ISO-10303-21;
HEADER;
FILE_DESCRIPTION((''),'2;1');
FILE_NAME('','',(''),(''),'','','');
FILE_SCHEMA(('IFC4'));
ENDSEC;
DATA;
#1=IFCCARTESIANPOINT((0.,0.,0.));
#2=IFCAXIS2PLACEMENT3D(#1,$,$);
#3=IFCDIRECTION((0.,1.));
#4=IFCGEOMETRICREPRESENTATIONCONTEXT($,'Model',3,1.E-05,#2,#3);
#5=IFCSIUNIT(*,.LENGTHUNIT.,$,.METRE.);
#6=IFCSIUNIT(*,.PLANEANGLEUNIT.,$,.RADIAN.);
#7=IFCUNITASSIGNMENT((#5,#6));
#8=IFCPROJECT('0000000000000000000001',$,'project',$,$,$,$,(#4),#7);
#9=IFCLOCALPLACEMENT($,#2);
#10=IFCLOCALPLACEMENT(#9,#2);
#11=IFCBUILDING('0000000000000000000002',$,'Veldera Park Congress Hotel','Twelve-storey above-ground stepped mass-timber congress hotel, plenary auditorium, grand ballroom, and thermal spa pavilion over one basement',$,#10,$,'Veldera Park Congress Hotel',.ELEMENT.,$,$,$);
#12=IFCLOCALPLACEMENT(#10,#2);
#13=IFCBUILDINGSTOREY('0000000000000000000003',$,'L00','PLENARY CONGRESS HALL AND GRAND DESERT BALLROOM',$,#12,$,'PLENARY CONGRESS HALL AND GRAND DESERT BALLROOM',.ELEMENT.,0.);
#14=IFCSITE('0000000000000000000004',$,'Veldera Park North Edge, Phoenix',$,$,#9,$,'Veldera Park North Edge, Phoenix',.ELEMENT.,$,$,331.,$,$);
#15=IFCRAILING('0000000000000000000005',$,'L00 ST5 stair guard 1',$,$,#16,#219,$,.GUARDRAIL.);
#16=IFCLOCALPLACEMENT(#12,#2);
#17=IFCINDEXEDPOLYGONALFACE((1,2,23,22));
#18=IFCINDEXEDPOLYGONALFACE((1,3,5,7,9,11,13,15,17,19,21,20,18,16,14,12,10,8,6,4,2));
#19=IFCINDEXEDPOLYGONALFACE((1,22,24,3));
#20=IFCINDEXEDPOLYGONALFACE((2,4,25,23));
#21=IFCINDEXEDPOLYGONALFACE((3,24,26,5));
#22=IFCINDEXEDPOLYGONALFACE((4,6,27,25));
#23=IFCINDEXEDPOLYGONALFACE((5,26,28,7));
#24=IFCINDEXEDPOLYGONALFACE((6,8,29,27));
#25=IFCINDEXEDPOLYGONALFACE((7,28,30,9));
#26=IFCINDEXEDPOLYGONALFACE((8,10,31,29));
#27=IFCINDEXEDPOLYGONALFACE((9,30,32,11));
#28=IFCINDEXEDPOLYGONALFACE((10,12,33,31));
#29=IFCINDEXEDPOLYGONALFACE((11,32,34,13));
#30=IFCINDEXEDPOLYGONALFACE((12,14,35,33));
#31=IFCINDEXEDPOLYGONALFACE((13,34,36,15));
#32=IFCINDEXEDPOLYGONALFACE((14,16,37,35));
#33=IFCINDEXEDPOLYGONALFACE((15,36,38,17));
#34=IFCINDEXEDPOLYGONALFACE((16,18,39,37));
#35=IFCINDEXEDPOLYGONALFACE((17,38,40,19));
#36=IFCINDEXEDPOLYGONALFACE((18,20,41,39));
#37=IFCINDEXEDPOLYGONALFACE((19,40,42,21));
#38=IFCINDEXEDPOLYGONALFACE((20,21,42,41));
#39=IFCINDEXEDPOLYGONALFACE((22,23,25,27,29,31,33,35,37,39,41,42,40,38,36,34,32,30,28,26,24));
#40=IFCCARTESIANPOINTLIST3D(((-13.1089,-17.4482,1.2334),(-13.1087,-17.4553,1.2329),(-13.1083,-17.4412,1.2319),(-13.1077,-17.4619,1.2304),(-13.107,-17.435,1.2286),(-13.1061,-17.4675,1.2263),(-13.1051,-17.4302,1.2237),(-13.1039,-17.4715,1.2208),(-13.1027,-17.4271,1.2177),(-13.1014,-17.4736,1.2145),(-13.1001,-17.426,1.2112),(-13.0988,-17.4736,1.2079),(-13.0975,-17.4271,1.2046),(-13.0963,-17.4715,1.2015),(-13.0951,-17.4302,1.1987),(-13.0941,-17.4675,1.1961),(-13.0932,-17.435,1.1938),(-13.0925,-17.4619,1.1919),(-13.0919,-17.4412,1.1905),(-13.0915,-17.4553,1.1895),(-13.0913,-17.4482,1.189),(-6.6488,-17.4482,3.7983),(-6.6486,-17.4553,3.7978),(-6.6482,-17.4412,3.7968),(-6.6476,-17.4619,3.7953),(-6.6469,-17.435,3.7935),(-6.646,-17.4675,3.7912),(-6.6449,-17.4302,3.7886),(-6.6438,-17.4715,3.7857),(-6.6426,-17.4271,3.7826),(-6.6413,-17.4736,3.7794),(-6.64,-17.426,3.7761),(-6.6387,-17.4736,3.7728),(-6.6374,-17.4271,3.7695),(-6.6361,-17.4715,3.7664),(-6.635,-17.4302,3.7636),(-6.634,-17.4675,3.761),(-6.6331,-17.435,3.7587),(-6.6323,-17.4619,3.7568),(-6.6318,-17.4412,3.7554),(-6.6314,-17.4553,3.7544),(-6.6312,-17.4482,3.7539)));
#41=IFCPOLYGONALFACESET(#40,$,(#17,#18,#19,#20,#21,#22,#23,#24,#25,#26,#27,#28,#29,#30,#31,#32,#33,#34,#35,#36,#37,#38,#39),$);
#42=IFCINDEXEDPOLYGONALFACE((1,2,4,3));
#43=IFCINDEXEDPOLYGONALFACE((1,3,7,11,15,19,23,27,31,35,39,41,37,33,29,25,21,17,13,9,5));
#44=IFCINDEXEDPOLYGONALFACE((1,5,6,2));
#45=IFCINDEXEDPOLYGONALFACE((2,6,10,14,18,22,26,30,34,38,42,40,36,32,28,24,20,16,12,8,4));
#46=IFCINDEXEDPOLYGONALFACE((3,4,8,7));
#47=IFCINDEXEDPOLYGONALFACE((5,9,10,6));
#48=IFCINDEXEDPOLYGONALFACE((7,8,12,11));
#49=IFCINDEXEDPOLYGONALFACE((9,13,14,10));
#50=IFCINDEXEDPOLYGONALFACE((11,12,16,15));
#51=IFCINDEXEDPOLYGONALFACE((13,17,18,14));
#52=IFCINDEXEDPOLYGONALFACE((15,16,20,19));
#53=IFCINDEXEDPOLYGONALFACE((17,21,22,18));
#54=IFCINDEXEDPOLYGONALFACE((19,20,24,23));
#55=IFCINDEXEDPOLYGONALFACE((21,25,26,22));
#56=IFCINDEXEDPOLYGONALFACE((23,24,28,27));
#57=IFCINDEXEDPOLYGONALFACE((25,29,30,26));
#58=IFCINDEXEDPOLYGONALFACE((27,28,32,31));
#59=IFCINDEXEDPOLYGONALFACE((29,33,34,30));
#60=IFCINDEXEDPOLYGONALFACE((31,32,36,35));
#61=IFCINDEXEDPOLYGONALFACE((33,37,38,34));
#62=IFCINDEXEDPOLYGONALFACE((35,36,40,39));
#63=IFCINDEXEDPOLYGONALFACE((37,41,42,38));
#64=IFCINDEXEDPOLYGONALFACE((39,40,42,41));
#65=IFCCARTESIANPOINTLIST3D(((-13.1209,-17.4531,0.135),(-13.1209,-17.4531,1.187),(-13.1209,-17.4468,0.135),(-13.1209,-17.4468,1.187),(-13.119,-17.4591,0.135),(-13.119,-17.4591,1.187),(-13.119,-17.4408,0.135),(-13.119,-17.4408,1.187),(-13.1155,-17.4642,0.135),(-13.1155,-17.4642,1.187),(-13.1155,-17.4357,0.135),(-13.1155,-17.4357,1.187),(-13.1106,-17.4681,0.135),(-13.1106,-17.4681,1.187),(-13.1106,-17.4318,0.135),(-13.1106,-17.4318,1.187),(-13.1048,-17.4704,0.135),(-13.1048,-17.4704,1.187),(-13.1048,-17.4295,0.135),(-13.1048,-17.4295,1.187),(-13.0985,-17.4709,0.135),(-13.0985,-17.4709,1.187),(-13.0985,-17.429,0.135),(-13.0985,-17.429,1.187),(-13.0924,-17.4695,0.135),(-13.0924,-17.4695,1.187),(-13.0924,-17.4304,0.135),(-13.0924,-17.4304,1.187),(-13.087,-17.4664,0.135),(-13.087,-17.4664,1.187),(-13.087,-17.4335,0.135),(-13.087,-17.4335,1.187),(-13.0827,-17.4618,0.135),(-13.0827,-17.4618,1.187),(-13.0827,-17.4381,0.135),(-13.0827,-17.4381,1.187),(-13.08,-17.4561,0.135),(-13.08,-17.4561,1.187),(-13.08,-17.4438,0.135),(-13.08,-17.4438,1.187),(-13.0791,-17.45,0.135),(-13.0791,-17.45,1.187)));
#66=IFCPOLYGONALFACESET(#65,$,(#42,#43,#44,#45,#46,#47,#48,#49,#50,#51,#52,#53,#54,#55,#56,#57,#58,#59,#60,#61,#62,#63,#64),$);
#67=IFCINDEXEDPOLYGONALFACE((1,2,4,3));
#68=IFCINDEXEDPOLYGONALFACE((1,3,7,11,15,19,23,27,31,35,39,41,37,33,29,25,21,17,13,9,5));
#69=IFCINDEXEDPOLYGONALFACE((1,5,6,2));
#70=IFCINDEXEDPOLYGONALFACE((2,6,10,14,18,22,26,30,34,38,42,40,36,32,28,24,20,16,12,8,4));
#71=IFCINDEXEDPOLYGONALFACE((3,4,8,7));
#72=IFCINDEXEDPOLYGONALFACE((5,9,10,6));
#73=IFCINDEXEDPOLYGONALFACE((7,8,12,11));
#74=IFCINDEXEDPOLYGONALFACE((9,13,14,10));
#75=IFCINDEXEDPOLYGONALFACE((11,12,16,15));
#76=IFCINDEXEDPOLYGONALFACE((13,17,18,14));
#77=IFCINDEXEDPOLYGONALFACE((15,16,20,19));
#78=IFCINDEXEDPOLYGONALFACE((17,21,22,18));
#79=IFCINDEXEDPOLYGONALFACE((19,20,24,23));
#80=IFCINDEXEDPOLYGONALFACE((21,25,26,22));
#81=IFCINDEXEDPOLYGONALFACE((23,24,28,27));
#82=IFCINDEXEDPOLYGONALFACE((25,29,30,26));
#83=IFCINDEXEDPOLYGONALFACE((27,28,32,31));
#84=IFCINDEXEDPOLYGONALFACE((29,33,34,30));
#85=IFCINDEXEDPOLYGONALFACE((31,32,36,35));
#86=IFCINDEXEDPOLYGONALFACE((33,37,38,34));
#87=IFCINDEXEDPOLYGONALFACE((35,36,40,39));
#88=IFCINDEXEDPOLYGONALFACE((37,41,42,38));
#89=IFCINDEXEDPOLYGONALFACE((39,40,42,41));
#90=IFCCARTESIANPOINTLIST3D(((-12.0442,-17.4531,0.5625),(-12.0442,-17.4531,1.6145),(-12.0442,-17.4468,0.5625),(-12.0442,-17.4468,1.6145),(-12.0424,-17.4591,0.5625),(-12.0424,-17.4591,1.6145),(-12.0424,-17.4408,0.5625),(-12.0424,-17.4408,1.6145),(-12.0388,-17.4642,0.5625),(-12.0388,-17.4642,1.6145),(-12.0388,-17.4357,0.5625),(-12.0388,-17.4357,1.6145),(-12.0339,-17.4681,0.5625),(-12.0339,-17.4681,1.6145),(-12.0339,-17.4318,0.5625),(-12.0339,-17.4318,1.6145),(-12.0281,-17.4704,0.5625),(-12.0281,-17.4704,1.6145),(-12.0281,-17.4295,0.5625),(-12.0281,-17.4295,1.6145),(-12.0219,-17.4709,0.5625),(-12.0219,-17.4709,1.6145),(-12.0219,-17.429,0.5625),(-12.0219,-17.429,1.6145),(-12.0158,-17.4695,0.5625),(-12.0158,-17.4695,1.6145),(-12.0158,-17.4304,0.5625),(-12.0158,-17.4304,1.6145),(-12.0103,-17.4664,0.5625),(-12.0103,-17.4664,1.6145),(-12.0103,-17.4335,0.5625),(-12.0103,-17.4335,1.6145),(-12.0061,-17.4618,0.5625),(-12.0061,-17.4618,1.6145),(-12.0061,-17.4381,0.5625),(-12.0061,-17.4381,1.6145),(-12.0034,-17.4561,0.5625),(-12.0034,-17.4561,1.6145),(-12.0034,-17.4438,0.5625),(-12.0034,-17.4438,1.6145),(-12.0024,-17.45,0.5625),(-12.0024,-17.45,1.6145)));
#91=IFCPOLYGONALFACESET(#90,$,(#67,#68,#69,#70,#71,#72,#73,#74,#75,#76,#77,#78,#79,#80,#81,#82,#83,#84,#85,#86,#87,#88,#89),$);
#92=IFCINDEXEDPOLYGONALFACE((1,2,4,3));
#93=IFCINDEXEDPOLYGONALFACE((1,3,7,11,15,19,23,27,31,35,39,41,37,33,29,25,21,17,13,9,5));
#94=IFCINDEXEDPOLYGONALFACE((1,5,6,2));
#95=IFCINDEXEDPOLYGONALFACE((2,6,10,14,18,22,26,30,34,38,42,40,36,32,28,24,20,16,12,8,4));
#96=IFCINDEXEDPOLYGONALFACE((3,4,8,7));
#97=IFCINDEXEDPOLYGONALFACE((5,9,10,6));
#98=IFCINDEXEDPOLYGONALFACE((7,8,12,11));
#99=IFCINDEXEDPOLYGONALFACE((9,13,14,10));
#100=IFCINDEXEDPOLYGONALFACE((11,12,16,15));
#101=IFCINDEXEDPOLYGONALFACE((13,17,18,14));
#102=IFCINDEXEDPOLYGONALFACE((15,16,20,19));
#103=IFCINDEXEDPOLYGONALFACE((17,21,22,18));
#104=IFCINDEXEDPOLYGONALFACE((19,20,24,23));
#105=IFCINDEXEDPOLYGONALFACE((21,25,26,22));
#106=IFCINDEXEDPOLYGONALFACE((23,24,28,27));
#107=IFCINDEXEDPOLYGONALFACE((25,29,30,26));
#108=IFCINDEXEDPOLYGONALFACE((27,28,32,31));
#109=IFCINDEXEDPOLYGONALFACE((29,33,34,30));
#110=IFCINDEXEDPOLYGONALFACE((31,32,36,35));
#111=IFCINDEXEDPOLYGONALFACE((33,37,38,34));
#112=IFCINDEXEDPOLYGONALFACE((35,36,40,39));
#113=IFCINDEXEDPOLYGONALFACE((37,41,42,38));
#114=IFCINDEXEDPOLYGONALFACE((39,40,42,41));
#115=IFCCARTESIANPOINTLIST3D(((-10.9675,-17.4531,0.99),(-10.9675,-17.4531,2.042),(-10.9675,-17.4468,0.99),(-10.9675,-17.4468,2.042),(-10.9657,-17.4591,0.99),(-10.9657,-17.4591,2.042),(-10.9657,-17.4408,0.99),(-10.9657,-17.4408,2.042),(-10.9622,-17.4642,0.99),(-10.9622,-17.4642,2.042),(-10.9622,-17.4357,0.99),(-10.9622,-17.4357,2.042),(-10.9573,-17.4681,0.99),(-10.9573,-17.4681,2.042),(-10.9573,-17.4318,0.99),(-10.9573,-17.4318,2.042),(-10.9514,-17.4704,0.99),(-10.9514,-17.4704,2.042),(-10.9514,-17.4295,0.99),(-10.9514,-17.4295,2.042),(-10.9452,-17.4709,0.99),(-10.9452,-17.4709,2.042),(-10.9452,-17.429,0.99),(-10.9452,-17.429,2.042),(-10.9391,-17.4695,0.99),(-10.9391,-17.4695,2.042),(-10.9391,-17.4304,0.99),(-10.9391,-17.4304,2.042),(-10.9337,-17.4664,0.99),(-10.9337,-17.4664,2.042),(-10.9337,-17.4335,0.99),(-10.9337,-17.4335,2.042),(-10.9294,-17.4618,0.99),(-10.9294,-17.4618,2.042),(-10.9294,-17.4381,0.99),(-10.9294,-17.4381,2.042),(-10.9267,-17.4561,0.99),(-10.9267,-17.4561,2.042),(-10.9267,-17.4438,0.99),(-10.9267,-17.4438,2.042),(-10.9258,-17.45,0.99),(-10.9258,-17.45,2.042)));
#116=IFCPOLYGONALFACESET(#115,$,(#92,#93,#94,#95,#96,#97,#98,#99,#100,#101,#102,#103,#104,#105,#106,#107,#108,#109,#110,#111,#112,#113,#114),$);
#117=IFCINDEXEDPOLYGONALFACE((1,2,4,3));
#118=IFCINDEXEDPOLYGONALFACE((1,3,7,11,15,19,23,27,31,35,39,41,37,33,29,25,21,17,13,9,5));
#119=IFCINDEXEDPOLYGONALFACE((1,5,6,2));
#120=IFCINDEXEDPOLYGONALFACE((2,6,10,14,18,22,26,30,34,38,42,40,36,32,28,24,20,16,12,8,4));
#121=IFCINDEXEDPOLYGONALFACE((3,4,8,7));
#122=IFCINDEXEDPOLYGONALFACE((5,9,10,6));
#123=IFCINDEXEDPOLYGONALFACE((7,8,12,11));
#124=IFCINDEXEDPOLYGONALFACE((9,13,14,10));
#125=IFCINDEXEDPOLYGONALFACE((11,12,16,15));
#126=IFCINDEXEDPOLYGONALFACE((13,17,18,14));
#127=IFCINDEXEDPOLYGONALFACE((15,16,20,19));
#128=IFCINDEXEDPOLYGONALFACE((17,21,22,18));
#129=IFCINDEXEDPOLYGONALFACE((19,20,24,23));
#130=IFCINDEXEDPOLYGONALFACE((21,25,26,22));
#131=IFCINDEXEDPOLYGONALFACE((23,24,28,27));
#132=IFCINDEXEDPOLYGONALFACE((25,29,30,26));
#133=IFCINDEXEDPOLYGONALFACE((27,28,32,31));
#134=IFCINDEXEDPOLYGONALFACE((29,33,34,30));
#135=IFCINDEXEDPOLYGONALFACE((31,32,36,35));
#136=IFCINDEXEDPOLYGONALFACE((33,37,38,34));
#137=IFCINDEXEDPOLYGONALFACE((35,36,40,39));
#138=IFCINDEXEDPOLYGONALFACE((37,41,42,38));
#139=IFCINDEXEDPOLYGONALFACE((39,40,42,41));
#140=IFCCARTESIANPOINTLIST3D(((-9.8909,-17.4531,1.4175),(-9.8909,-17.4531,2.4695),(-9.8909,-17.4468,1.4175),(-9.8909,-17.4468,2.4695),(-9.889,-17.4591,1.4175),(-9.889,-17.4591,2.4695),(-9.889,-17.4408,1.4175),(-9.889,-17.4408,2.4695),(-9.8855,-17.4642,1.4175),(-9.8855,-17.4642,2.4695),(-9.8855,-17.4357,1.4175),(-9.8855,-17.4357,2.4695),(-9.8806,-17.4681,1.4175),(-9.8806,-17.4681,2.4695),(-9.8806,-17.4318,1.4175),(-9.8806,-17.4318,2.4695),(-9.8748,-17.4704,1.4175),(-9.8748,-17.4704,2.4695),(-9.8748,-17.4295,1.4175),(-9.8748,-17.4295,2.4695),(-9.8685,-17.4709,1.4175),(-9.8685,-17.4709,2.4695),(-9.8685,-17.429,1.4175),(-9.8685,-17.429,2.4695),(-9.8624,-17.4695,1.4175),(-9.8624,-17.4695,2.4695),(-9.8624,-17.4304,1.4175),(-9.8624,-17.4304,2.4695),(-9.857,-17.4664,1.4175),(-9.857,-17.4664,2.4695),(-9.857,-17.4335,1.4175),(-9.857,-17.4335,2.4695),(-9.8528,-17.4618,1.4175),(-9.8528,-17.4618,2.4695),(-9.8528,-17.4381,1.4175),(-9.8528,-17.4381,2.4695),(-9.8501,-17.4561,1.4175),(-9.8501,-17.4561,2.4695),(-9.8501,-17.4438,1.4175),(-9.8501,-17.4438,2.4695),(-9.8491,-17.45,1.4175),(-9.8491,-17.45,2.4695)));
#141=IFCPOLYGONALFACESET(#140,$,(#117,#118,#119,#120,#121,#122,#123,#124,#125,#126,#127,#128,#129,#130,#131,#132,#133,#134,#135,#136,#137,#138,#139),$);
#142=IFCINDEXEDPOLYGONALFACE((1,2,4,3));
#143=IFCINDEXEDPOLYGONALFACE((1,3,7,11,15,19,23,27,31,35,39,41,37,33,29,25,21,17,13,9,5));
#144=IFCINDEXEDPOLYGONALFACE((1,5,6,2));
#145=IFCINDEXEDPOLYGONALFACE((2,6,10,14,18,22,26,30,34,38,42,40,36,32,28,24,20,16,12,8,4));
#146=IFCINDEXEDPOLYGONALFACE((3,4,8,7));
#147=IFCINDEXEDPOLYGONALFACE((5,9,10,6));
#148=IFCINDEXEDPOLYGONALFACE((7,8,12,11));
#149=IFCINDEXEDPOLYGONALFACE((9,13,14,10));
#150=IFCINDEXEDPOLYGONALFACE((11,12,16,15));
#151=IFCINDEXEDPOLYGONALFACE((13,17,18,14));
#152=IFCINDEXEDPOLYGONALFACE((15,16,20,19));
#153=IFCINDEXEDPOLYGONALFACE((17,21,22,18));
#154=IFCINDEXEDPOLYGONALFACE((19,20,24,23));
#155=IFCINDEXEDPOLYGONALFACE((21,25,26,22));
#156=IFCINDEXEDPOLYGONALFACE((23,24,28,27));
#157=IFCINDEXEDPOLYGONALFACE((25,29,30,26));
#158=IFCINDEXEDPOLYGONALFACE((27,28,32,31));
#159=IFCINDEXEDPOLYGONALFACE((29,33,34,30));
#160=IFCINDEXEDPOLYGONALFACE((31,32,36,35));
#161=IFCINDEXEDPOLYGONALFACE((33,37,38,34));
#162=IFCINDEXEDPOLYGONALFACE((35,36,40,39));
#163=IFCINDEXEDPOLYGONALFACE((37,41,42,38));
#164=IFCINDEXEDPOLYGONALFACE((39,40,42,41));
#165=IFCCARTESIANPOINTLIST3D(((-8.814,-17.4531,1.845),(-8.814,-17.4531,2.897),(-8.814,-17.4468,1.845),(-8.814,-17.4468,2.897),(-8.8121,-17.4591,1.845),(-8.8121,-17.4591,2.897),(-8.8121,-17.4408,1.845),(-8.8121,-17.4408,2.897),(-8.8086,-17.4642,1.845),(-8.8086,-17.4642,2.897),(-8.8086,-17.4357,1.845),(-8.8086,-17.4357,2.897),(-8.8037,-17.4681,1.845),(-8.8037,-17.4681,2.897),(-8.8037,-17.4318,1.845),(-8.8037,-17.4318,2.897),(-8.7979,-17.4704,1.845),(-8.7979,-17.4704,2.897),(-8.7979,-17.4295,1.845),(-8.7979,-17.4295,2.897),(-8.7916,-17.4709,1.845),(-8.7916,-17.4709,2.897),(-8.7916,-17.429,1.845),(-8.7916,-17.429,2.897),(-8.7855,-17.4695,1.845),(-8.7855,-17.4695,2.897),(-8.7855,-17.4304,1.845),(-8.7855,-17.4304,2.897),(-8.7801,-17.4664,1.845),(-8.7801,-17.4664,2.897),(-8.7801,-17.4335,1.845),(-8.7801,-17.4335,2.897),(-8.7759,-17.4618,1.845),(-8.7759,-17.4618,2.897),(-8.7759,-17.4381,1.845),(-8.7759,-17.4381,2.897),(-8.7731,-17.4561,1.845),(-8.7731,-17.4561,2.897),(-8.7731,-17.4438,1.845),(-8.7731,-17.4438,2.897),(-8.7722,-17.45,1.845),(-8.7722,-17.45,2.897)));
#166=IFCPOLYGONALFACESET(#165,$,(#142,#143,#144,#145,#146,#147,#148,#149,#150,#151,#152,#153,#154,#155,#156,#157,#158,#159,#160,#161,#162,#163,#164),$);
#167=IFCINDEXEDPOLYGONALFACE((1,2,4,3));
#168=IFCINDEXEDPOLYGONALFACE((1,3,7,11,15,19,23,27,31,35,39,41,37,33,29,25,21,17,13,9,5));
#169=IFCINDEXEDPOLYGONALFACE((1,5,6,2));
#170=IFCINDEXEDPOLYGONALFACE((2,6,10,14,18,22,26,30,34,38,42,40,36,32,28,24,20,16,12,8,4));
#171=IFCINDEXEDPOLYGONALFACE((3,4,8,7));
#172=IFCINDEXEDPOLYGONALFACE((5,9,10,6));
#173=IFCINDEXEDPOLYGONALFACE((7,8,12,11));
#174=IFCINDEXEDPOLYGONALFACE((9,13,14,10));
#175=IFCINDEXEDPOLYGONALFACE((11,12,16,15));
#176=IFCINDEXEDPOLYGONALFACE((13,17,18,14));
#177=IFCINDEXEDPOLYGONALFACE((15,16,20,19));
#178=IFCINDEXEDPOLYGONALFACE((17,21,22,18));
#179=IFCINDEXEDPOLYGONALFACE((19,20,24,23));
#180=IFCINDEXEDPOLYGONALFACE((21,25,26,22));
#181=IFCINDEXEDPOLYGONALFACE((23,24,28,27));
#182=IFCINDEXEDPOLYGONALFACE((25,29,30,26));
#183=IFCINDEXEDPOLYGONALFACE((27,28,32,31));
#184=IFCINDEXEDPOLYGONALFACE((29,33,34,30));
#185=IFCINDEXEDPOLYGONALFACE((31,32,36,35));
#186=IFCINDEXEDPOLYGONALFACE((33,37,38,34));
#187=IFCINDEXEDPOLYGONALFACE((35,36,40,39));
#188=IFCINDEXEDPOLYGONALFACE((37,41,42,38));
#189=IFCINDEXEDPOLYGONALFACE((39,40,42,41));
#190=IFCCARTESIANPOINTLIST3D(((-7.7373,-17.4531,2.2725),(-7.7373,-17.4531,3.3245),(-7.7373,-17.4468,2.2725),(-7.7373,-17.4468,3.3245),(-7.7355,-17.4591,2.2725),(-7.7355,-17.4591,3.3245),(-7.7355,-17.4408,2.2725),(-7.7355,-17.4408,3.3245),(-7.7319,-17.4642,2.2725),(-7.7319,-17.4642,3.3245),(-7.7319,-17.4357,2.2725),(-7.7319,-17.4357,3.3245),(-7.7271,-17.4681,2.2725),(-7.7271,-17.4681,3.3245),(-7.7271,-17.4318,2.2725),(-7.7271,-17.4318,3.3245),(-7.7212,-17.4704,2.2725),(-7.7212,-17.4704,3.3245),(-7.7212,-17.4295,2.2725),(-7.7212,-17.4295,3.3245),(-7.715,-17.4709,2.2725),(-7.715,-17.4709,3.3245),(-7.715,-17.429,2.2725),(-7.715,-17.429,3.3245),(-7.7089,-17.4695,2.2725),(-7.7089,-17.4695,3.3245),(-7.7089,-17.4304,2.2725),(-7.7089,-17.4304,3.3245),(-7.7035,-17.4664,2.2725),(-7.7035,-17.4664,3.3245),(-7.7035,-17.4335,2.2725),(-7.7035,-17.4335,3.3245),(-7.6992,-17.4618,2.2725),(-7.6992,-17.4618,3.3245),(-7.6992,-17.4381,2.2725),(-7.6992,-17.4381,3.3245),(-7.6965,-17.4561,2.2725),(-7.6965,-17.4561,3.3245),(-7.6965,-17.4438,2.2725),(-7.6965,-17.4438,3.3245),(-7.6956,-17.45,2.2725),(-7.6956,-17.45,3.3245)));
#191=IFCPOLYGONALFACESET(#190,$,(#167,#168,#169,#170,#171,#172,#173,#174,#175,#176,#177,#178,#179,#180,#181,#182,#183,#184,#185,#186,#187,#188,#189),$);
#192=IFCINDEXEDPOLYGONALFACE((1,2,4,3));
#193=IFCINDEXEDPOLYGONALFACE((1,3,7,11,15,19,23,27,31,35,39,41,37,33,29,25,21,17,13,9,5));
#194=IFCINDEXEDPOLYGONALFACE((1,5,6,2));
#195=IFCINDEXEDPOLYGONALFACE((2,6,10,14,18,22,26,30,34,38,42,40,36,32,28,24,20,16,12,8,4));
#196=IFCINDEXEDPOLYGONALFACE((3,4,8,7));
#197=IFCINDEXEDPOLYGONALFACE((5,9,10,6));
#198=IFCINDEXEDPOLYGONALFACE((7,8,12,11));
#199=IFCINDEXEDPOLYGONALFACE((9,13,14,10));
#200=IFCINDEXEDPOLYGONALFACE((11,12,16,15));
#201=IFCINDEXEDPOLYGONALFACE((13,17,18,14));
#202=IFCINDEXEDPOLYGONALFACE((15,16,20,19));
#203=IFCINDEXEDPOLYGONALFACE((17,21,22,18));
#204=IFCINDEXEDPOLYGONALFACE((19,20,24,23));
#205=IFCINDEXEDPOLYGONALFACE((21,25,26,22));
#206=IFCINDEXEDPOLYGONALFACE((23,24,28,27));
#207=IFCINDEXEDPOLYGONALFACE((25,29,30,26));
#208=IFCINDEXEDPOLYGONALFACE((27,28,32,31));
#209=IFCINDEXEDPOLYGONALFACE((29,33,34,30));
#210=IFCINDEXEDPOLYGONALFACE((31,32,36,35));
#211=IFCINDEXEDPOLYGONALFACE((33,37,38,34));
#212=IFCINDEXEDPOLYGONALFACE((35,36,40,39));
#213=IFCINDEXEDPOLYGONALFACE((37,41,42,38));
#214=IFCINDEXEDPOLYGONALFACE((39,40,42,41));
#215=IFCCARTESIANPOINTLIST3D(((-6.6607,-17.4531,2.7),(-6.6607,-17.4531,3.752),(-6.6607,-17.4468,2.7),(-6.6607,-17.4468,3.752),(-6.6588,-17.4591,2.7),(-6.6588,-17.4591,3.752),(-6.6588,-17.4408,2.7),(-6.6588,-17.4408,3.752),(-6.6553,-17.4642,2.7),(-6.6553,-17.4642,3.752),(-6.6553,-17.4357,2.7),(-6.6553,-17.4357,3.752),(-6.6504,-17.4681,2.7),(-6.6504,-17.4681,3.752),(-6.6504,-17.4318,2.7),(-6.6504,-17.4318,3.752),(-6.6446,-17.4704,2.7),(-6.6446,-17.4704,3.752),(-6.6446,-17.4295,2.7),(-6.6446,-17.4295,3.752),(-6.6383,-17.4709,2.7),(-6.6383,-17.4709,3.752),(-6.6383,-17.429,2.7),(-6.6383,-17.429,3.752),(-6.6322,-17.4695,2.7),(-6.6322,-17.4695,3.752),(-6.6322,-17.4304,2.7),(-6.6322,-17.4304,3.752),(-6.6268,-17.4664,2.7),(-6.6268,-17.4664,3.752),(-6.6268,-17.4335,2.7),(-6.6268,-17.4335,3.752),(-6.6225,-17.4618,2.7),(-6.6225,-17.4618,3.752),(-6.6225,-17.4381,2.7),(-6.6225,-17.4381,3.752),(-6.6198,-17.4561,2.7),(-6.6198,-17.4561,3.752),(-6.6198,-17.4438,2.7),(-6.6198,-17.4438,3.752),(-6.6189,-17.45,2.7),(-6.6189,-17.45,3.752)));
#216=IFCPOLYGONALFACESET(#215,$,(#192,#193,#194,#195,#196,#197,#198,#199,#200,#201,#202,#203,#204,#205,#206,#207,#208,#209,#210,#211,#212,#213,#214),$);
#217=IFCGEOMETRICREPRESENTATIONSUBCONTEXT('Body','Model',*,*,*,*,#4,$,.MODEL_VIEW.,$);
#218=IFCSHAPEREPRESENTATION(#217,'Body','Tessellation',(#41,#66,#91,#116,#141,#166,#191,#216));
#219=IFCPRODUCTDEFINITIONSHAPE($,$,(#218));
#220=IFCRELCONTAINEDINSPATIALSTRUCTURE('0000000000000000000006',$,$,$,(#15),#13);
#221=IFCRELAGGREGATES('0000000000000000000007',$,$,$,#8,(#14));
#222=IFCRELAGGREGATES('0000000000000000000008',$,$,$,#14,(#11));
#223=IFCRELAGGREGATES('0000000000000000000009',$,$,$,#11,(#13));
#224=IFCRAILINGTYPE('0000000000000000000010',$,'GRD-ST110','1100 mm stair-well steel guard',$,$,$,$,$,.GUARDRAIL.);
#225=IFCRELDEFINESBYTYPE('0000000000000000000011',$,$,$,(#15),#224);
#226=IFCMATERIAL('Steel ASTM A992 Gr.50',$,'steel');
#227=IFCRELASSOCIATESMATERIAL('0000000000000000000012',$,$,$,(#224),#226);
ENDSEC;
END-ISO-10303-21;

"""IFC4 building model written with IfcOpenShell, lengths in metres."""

from ifc_helpers import new_model, si_unit, direction, frame, origin, origin_2d, place, context, subcontext, project, spatial, circle, extrude, material, type_object, element, save


model = new_model("IFC4")

# Units and contexts
model_context = context("Model", 3, precision=1e-05, world=origin(), true_north=direction((0.0, 1.0)))
body_context = subcontext(model_context, "Body", "Model", "MODEL_VIEW")
ifc_project = project(units=[si_unit("LENGTHUNIT", "METRE"), si_unit("PLANEANGLEUNIT", "RADIAN")], contexts=[model_context])

# Site, building, storey
site_placement = place(None, origin())
site = spatial("IfcSite", under=ifc_project, at=site_placement, Name="Veldera Park North Edge, Phoenix", LongName="Veldera Park North Edge, Phoenix", CompositionType="ELEMENT", RefElevation=331.0)
building_placement = place(site_placement, origin())
building = spatial("IfcBuilding", under=site, at=building_placement, Name="Veldera Park Congress Hotel", Description="Twelve-storey above-ground stepped mass-timber congress hotel, plenary auditorium, grand ballroom, and thermal spa pavilion over one basement", LongName="Veldera Park Congress Hotel", CompositionType="ELEMENT")
storey_placement = place(building_placement, origin())
storey = spatial("IfcBuildingStorey", under=building, at=storey_placement, Name="L00", Description="PLENARY CONGRESS HALL AND GRAND DESERT BALLROOM", LongName="PLENARY CONGRESS HALL AND GRAND DESERT BALLROOM", CompositionType="ELEMENT", Elevation=0.0)

# Shared definitions
ifc_material_1 = material(Name="Steel ASTM A992 Gr.50", Category="steel")

# Railing
railing_type_1 = type_object("IfcRailingType", Name="GRD-ST110", Description="1100 mm stair-well steel guard", PredefinedType="GUARDRAIL", material=ifc_material_1)
railing_1_placement = place(storey_placement, frame((-13.1001, -17.45, 0.135)))
element("IfcRailing", 1, at=railing_1_placement, inside=storey, type_object=railing_type_1, Name="L00 ST5 stair guard 1", PredefinedType="GUARDRAIL", context=body_context, shape_type="SweptSolid", body=[
    extrude(circle(Radius=0.0239, at=origin_2d()), frame((0.0, 0.0, 1.0762), z_axis=(0.929423, 0.0, 0.369016), x_axis=(0.0, 1.0, 0.0)), (0.0, 0.0, 1.0), 6.9507),
    extrude(circle(Radius=0.021, at=origin_2d()), origin(), (0.0, 0.0, 1.0), 1.052),
    extrude(circle(Radius=0.021, at=origin_2d()), frame((1.0767, 0.0, 0.4275)), (0.0, 0.0, 1.0), 1.052),
    extrude(circle(Radius=0.021, at=origin_2d()), frame((2.1533, 0.0, 0.855)), (0.0, 0.0, 1.0), 1.052),
    extrude(circle(Radius=0.021, at=origin_2d()), frame((3.23, 0.0, 1.2825)), (0.0, 0.0, 1.0), 1.052),
    extrude(circle(Radius=0.021, at=origin_2d()), frame((4.3069, 0.0, 1.71)), (0.0, 0.0, 1.0), 1.052),
    extrude(circle(Radius=0.021, at=origin_2d()), frame((5.3835, 0.0, 2.1375)), (0.0, 0.0, 1.0), 1.052),
    extrude(circle(Radius=0.021, at=origin_2d()), frame((6.4602, 0.0, 2.5649)), (0.0, 0.0, 1.0), 1.052),
])

save(model, "model.ifc")
